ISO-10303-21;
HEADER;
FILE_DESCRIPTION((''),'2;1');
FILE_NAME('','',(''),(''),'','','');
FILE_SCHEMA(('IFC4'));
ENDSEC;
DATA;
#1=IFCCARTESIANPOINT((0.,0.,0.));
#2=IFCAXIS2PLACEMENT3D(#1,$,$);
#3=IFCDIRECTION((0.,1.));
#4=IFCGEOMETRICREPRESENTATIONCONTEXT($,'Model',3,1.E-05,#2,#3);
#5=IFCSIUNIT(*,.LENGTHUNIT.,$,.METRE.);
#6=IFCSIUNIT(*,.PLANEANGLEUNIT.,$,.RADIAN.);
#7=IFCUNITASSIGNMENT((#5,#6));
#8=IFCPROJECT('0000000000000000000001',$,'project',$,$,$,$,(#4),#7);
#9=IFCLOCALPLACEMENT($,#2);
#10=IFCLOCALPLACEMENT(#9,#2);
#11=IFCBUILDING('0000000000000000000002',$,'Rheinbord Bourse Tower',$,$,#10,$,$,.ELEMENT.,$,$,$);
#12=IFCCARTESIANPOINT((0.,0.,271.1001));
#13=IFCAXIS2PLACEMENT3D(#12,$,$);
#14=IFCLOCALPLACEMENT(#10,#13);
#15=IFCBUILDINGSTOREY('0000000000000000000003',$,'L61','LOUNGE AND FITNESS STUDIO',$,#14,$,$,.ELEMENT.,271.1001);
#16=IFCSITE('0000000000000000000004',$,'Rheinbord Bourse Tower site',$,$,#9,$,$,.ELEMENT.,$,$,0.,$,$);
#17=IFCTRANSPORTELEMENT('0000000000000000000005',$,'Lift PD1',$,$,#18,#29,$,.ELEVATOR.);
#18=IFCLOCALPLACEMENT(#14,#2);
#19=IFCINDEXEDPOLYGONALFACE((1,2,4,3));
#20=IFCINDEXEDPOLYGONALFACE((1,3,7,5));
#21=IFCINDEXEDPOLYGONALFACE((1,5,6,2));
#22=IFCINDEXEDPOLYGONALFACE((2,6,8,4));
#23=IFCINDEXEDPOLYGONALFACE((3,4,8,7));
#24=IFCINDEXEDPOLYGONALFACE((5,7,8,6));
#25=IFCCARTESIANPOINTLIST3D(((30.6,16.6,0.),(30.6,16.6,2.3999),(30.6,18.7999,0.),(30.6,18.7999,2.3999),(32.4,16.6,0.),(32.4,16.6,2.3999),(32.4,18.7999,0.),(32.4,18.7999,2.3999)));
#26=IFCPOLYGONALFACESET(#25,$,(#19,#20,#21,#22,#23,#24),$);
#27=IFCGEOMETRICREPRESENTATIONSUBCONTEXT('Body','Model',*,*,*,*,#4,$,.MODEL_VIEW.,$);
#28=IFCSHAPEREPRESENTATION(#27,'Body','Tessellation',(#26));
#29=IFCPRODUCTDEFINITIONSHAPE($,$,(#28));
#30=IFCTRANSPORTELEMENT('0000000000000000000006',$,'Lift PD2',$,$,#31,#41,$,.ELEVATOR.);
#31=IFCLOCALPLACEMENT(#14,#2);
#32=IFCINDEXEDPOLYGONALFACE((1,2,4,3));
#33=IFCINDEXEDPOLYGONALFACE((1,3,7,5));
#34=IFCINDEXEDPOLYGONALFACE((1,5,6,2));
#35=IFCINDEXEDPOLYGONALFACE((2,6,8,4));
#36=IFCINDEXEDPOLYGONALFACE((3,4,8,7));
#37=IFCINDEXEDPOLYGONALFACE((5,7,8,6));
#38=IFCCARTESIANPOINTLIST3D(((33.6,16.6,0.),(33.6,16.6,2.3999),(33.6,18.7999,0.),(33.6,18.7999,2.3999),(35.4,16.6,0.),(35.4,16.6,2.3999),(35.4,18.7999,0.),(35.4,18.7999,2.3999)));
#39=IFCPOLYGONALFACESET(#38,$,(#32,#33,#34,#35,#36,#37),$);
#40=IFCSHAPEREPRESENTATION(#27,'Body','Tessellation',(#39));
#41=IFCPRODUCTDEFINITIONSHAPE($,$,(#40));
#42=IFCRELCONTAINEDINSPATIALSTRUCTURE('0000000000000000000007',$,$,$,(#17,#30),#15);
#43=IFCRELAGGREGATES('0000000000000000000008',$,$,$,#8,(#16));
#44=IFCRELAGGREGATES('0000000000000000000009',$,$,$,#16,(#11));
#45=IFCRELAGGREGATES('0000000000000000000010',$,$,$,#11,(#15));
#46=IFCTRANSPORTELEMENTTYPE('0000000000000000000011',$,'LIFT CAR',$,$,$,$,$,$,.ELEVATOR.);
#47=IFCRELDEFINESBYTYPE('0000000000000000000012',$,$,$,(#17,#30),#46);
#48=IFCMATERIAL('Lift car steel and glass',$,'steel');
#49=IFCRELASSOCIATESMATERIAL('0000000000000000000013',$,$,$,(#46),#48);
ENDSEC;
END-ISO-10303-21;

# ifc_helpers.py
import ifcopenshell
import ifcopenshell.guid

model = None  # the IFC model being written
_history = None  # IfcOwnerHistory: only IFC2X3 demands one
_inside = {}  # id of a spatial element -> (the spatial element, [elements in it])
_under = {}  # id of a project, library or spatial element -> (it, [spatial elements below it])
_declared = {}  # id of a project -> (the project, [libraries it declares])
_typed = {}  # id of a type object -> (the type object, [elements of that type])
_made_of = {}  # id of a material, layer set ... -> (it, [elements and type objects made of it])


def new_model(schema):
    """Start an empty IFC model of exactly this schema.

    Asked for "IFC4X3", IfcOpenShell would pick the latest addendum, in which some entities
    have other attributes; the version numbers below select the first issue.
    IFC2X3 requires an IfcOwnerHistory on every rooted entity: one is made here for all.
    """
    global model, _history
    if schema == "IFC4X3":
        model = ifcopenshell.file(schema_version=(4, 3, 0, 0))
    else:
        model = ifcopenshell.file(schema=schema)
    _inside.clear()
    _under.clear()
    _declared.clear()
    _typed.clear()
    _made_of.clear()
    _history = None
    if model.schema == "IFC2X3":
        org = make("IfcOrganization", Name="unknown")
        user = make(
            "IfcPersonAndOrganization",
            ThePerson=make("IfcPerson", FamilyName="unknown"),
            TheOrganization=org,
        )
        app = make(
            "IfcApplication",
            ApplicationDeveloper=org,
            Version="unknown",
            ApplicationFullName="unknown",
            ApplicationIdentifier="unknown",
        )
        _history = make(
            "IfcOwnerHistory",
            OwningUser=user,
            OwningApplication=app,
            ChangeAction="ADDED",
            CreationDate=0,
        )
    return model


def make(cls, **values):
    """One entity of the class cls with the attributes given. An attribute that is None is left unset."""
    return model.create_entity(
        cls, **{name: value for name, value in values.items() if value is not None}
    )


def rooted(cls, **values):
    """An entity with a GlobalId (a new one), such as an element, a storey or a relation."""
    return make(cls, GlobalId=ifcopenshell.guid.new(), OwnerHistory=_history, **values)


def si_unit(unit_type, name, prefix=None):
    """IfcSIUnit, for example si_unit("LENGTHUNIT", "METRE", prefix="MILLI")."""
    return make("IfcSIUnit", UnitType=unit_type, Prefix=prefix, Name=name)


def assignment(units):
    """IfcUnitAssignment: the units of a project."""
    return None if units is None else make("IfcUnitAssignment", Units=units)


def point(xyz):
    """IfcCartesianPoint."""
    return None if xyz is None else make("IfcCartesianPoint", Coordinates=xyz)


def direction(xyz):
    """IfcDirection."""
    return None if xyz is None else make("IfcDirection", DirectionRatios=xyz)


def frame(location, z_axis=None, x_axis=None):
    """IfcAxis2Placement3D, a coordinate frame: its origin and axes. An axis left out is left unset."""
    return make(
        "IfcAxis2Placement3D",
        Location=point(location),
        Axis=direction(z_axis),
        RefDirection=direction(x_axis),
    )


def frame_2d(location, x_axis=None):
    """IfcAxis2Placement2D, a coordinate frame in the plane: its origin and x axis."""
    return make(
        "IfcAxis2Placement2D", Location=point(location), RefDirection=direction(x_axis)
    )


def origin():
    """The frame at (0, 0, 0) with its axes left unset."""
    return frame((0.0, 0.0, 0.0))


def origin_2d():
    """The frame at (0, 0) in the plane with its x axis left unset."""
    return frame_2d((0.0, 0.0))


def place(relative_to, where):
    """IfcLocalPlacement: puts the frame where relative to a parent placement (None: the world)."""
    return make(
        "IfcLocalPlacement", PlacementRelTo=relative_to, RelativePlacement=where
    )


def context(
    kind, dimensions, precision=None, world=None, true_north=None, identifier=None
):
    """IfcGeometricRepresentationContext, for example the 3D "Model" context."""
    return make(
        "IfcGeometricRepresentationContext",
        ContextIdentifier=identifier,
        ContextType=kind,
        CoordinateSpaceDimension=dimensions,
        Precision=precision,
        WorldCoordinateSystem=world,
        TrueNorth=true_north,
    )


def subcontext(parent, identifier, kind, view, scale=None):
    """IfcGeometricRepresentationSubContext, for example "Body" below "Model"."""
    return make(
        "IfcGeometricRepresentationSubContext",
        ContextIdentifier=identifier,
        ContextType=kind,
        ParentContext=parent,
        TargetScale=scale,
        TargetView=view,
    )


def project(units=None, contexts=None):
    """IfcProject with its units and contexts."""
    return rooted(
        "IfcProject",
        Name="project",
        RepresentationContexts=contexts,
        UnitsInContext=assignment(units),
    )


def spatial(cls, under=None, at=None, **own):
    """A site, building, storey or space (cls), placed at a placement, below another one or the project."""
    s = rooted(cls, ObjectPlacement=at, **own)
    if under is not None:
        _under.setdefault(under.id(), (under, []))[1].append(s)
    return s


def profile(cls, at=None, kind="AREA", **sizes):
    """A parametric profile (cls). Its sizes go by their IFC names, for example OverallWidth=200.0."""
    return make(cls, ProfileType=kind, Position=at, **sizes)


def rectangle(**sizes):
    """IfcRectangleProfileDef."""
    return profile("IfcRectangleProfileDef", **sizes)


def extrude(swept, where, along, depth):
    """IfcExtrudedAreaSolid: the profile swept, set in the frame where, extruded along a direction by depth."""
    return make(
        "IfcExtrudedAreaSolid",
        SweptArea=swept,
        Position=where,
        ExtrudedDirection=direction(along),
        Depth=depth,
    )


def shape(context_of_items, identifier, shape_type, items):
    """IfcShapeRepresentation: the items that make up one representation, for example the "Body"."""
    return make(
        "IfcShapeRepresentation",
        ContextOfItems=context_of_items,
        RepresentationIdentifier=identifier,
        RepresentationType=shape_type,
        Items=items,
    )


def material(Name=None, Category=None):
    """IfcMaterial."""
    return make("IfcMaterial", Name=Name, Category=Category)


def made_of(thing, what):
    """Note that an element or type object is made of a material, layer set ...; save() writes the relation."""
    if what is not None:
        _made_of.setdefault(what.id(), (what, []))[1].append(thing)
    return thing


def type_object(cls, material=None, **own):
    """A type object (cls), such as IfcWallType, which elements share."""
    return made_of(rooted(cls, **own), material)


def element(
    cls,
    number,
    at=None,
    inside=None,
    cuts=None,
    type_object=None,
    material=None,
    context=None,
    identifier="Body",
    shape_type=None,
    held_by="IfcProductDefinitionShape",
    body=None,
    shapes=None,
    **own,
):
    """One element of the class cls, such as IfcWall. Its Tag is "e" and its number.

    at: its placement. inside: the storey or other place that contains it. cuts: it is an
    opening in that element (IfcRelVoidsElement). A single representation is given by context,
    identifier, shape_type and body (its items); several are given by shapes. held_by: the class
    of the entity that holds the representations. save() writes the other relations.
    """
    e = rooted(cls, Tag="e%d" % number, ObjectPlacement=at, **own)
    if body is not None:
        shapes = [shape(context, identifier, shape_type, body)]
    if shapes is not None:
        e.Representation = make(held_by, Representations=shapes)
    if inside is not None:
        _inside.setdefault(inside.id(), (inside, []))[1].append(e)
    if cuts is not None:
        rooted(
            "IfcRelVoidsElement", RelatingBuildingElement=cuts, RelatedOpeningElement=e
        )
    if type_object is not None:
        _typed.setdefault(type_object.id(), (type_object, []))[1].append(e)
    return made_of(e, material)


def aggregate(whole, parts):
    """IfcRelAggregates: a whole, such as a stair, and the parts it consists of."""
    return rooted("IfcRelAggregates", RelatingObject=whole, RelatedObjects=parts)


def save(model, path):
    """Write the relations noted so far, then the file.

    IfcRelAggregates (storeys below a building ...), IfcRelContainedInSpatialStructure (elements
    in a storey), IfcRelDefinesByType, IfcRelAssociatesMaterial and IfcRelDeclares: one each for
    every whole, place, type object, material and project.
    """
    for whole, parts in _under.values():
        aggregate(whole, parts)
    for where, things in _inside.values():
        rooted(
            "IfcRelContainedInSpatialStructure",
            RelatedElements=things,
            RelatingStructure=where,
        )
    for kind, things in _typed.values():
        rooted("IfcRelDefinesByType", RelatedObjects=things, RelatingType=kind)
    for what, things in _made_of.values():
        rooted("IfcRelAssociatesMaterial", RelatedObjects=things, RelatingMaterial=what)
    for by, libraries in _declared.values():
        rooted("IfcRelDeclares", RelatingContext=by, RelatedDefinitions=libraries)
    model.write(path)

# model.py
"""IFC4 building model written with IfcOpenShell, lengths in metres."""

from ifc_helpers import new_model, si_unit, direction, frame, origin, origin_2d, place, context, subcontext, project, spatial, rectangle, extrude, material, type_object, element, save


model = new_model("IFC4")

# Units and contexts
model_context = context("Model", 3, precision=1e-05, world=origin(), true_north=direction((0.0, 1.0)))
body_context = subcontext(model_context, "Body", "Model", "MODEL_VIEW")
ifc_project = project(units=[si_unit("LENGTHUNIT", "METRE"), si_unit("PLANEANGLEUNIT", "RADIAN")], contexts=[model_context])

# Site, building, storey
site_placement = place(None, origin())
site = spatial("IfcSite", under=ifc_project, at=site_placement, Name="Rheinbord Bourse Tower site", CompositionType="ELEMENT", RefElevation=0.0)
building_placement = place(site_placement, origin())
building = spatial("IfcBuilding", under=site, at=building_placement, Name="Rheinbord Bourse Tower", CompositionType="ELEMENT")
storey_placement = place(building_placement, frame((0.0, 0.0, 271.1001)))
storey = spatial("IfcBuildingStorey", under=building, at=storey_placement, Name="L61", Description="LOUNGE AND FITNESS STUDIO", CompositionType="ELEMENT", Elevation=271.1001)

# Transport elements
ifc_material_1 = material(Name="Lift car steel and glass", Category="steel")
transport_element_type = type_object("IfcTransportElementType", Name="LIFT CAR", PredefinedType="ELEVATOR", material=ifc_material_1)
for number, where, z_axis, x_axis, name in (
    (1, (31.5, 17.7, 0.0), (0.0, 0.0, 1.0), (1.0, 0.0, 0.0), "Lift PD1"),
    (2, (34.5, 17.7, 0.0), (0.0, 0.0, 1.0), (1.0, 0.0, 0.0), "Lift PD2"),
):
    element("IfcTransportElement", number, at=place(storey_placement, frame(where, z_axis=z_axis, x_axis=x_axis)), inside=storey, type_object=transport_element_type, Name=name, PredefinedType="ELEVATOR", context=body_context, shape_type="SweptSolid", body=[
        extrude(rectangle(XDim=1.8, YDim=2.2, at=origin_2d()), origin(), (0.0, 0.0, 1.0), 2.3999),
    ])

save(model, "model.ifc")
